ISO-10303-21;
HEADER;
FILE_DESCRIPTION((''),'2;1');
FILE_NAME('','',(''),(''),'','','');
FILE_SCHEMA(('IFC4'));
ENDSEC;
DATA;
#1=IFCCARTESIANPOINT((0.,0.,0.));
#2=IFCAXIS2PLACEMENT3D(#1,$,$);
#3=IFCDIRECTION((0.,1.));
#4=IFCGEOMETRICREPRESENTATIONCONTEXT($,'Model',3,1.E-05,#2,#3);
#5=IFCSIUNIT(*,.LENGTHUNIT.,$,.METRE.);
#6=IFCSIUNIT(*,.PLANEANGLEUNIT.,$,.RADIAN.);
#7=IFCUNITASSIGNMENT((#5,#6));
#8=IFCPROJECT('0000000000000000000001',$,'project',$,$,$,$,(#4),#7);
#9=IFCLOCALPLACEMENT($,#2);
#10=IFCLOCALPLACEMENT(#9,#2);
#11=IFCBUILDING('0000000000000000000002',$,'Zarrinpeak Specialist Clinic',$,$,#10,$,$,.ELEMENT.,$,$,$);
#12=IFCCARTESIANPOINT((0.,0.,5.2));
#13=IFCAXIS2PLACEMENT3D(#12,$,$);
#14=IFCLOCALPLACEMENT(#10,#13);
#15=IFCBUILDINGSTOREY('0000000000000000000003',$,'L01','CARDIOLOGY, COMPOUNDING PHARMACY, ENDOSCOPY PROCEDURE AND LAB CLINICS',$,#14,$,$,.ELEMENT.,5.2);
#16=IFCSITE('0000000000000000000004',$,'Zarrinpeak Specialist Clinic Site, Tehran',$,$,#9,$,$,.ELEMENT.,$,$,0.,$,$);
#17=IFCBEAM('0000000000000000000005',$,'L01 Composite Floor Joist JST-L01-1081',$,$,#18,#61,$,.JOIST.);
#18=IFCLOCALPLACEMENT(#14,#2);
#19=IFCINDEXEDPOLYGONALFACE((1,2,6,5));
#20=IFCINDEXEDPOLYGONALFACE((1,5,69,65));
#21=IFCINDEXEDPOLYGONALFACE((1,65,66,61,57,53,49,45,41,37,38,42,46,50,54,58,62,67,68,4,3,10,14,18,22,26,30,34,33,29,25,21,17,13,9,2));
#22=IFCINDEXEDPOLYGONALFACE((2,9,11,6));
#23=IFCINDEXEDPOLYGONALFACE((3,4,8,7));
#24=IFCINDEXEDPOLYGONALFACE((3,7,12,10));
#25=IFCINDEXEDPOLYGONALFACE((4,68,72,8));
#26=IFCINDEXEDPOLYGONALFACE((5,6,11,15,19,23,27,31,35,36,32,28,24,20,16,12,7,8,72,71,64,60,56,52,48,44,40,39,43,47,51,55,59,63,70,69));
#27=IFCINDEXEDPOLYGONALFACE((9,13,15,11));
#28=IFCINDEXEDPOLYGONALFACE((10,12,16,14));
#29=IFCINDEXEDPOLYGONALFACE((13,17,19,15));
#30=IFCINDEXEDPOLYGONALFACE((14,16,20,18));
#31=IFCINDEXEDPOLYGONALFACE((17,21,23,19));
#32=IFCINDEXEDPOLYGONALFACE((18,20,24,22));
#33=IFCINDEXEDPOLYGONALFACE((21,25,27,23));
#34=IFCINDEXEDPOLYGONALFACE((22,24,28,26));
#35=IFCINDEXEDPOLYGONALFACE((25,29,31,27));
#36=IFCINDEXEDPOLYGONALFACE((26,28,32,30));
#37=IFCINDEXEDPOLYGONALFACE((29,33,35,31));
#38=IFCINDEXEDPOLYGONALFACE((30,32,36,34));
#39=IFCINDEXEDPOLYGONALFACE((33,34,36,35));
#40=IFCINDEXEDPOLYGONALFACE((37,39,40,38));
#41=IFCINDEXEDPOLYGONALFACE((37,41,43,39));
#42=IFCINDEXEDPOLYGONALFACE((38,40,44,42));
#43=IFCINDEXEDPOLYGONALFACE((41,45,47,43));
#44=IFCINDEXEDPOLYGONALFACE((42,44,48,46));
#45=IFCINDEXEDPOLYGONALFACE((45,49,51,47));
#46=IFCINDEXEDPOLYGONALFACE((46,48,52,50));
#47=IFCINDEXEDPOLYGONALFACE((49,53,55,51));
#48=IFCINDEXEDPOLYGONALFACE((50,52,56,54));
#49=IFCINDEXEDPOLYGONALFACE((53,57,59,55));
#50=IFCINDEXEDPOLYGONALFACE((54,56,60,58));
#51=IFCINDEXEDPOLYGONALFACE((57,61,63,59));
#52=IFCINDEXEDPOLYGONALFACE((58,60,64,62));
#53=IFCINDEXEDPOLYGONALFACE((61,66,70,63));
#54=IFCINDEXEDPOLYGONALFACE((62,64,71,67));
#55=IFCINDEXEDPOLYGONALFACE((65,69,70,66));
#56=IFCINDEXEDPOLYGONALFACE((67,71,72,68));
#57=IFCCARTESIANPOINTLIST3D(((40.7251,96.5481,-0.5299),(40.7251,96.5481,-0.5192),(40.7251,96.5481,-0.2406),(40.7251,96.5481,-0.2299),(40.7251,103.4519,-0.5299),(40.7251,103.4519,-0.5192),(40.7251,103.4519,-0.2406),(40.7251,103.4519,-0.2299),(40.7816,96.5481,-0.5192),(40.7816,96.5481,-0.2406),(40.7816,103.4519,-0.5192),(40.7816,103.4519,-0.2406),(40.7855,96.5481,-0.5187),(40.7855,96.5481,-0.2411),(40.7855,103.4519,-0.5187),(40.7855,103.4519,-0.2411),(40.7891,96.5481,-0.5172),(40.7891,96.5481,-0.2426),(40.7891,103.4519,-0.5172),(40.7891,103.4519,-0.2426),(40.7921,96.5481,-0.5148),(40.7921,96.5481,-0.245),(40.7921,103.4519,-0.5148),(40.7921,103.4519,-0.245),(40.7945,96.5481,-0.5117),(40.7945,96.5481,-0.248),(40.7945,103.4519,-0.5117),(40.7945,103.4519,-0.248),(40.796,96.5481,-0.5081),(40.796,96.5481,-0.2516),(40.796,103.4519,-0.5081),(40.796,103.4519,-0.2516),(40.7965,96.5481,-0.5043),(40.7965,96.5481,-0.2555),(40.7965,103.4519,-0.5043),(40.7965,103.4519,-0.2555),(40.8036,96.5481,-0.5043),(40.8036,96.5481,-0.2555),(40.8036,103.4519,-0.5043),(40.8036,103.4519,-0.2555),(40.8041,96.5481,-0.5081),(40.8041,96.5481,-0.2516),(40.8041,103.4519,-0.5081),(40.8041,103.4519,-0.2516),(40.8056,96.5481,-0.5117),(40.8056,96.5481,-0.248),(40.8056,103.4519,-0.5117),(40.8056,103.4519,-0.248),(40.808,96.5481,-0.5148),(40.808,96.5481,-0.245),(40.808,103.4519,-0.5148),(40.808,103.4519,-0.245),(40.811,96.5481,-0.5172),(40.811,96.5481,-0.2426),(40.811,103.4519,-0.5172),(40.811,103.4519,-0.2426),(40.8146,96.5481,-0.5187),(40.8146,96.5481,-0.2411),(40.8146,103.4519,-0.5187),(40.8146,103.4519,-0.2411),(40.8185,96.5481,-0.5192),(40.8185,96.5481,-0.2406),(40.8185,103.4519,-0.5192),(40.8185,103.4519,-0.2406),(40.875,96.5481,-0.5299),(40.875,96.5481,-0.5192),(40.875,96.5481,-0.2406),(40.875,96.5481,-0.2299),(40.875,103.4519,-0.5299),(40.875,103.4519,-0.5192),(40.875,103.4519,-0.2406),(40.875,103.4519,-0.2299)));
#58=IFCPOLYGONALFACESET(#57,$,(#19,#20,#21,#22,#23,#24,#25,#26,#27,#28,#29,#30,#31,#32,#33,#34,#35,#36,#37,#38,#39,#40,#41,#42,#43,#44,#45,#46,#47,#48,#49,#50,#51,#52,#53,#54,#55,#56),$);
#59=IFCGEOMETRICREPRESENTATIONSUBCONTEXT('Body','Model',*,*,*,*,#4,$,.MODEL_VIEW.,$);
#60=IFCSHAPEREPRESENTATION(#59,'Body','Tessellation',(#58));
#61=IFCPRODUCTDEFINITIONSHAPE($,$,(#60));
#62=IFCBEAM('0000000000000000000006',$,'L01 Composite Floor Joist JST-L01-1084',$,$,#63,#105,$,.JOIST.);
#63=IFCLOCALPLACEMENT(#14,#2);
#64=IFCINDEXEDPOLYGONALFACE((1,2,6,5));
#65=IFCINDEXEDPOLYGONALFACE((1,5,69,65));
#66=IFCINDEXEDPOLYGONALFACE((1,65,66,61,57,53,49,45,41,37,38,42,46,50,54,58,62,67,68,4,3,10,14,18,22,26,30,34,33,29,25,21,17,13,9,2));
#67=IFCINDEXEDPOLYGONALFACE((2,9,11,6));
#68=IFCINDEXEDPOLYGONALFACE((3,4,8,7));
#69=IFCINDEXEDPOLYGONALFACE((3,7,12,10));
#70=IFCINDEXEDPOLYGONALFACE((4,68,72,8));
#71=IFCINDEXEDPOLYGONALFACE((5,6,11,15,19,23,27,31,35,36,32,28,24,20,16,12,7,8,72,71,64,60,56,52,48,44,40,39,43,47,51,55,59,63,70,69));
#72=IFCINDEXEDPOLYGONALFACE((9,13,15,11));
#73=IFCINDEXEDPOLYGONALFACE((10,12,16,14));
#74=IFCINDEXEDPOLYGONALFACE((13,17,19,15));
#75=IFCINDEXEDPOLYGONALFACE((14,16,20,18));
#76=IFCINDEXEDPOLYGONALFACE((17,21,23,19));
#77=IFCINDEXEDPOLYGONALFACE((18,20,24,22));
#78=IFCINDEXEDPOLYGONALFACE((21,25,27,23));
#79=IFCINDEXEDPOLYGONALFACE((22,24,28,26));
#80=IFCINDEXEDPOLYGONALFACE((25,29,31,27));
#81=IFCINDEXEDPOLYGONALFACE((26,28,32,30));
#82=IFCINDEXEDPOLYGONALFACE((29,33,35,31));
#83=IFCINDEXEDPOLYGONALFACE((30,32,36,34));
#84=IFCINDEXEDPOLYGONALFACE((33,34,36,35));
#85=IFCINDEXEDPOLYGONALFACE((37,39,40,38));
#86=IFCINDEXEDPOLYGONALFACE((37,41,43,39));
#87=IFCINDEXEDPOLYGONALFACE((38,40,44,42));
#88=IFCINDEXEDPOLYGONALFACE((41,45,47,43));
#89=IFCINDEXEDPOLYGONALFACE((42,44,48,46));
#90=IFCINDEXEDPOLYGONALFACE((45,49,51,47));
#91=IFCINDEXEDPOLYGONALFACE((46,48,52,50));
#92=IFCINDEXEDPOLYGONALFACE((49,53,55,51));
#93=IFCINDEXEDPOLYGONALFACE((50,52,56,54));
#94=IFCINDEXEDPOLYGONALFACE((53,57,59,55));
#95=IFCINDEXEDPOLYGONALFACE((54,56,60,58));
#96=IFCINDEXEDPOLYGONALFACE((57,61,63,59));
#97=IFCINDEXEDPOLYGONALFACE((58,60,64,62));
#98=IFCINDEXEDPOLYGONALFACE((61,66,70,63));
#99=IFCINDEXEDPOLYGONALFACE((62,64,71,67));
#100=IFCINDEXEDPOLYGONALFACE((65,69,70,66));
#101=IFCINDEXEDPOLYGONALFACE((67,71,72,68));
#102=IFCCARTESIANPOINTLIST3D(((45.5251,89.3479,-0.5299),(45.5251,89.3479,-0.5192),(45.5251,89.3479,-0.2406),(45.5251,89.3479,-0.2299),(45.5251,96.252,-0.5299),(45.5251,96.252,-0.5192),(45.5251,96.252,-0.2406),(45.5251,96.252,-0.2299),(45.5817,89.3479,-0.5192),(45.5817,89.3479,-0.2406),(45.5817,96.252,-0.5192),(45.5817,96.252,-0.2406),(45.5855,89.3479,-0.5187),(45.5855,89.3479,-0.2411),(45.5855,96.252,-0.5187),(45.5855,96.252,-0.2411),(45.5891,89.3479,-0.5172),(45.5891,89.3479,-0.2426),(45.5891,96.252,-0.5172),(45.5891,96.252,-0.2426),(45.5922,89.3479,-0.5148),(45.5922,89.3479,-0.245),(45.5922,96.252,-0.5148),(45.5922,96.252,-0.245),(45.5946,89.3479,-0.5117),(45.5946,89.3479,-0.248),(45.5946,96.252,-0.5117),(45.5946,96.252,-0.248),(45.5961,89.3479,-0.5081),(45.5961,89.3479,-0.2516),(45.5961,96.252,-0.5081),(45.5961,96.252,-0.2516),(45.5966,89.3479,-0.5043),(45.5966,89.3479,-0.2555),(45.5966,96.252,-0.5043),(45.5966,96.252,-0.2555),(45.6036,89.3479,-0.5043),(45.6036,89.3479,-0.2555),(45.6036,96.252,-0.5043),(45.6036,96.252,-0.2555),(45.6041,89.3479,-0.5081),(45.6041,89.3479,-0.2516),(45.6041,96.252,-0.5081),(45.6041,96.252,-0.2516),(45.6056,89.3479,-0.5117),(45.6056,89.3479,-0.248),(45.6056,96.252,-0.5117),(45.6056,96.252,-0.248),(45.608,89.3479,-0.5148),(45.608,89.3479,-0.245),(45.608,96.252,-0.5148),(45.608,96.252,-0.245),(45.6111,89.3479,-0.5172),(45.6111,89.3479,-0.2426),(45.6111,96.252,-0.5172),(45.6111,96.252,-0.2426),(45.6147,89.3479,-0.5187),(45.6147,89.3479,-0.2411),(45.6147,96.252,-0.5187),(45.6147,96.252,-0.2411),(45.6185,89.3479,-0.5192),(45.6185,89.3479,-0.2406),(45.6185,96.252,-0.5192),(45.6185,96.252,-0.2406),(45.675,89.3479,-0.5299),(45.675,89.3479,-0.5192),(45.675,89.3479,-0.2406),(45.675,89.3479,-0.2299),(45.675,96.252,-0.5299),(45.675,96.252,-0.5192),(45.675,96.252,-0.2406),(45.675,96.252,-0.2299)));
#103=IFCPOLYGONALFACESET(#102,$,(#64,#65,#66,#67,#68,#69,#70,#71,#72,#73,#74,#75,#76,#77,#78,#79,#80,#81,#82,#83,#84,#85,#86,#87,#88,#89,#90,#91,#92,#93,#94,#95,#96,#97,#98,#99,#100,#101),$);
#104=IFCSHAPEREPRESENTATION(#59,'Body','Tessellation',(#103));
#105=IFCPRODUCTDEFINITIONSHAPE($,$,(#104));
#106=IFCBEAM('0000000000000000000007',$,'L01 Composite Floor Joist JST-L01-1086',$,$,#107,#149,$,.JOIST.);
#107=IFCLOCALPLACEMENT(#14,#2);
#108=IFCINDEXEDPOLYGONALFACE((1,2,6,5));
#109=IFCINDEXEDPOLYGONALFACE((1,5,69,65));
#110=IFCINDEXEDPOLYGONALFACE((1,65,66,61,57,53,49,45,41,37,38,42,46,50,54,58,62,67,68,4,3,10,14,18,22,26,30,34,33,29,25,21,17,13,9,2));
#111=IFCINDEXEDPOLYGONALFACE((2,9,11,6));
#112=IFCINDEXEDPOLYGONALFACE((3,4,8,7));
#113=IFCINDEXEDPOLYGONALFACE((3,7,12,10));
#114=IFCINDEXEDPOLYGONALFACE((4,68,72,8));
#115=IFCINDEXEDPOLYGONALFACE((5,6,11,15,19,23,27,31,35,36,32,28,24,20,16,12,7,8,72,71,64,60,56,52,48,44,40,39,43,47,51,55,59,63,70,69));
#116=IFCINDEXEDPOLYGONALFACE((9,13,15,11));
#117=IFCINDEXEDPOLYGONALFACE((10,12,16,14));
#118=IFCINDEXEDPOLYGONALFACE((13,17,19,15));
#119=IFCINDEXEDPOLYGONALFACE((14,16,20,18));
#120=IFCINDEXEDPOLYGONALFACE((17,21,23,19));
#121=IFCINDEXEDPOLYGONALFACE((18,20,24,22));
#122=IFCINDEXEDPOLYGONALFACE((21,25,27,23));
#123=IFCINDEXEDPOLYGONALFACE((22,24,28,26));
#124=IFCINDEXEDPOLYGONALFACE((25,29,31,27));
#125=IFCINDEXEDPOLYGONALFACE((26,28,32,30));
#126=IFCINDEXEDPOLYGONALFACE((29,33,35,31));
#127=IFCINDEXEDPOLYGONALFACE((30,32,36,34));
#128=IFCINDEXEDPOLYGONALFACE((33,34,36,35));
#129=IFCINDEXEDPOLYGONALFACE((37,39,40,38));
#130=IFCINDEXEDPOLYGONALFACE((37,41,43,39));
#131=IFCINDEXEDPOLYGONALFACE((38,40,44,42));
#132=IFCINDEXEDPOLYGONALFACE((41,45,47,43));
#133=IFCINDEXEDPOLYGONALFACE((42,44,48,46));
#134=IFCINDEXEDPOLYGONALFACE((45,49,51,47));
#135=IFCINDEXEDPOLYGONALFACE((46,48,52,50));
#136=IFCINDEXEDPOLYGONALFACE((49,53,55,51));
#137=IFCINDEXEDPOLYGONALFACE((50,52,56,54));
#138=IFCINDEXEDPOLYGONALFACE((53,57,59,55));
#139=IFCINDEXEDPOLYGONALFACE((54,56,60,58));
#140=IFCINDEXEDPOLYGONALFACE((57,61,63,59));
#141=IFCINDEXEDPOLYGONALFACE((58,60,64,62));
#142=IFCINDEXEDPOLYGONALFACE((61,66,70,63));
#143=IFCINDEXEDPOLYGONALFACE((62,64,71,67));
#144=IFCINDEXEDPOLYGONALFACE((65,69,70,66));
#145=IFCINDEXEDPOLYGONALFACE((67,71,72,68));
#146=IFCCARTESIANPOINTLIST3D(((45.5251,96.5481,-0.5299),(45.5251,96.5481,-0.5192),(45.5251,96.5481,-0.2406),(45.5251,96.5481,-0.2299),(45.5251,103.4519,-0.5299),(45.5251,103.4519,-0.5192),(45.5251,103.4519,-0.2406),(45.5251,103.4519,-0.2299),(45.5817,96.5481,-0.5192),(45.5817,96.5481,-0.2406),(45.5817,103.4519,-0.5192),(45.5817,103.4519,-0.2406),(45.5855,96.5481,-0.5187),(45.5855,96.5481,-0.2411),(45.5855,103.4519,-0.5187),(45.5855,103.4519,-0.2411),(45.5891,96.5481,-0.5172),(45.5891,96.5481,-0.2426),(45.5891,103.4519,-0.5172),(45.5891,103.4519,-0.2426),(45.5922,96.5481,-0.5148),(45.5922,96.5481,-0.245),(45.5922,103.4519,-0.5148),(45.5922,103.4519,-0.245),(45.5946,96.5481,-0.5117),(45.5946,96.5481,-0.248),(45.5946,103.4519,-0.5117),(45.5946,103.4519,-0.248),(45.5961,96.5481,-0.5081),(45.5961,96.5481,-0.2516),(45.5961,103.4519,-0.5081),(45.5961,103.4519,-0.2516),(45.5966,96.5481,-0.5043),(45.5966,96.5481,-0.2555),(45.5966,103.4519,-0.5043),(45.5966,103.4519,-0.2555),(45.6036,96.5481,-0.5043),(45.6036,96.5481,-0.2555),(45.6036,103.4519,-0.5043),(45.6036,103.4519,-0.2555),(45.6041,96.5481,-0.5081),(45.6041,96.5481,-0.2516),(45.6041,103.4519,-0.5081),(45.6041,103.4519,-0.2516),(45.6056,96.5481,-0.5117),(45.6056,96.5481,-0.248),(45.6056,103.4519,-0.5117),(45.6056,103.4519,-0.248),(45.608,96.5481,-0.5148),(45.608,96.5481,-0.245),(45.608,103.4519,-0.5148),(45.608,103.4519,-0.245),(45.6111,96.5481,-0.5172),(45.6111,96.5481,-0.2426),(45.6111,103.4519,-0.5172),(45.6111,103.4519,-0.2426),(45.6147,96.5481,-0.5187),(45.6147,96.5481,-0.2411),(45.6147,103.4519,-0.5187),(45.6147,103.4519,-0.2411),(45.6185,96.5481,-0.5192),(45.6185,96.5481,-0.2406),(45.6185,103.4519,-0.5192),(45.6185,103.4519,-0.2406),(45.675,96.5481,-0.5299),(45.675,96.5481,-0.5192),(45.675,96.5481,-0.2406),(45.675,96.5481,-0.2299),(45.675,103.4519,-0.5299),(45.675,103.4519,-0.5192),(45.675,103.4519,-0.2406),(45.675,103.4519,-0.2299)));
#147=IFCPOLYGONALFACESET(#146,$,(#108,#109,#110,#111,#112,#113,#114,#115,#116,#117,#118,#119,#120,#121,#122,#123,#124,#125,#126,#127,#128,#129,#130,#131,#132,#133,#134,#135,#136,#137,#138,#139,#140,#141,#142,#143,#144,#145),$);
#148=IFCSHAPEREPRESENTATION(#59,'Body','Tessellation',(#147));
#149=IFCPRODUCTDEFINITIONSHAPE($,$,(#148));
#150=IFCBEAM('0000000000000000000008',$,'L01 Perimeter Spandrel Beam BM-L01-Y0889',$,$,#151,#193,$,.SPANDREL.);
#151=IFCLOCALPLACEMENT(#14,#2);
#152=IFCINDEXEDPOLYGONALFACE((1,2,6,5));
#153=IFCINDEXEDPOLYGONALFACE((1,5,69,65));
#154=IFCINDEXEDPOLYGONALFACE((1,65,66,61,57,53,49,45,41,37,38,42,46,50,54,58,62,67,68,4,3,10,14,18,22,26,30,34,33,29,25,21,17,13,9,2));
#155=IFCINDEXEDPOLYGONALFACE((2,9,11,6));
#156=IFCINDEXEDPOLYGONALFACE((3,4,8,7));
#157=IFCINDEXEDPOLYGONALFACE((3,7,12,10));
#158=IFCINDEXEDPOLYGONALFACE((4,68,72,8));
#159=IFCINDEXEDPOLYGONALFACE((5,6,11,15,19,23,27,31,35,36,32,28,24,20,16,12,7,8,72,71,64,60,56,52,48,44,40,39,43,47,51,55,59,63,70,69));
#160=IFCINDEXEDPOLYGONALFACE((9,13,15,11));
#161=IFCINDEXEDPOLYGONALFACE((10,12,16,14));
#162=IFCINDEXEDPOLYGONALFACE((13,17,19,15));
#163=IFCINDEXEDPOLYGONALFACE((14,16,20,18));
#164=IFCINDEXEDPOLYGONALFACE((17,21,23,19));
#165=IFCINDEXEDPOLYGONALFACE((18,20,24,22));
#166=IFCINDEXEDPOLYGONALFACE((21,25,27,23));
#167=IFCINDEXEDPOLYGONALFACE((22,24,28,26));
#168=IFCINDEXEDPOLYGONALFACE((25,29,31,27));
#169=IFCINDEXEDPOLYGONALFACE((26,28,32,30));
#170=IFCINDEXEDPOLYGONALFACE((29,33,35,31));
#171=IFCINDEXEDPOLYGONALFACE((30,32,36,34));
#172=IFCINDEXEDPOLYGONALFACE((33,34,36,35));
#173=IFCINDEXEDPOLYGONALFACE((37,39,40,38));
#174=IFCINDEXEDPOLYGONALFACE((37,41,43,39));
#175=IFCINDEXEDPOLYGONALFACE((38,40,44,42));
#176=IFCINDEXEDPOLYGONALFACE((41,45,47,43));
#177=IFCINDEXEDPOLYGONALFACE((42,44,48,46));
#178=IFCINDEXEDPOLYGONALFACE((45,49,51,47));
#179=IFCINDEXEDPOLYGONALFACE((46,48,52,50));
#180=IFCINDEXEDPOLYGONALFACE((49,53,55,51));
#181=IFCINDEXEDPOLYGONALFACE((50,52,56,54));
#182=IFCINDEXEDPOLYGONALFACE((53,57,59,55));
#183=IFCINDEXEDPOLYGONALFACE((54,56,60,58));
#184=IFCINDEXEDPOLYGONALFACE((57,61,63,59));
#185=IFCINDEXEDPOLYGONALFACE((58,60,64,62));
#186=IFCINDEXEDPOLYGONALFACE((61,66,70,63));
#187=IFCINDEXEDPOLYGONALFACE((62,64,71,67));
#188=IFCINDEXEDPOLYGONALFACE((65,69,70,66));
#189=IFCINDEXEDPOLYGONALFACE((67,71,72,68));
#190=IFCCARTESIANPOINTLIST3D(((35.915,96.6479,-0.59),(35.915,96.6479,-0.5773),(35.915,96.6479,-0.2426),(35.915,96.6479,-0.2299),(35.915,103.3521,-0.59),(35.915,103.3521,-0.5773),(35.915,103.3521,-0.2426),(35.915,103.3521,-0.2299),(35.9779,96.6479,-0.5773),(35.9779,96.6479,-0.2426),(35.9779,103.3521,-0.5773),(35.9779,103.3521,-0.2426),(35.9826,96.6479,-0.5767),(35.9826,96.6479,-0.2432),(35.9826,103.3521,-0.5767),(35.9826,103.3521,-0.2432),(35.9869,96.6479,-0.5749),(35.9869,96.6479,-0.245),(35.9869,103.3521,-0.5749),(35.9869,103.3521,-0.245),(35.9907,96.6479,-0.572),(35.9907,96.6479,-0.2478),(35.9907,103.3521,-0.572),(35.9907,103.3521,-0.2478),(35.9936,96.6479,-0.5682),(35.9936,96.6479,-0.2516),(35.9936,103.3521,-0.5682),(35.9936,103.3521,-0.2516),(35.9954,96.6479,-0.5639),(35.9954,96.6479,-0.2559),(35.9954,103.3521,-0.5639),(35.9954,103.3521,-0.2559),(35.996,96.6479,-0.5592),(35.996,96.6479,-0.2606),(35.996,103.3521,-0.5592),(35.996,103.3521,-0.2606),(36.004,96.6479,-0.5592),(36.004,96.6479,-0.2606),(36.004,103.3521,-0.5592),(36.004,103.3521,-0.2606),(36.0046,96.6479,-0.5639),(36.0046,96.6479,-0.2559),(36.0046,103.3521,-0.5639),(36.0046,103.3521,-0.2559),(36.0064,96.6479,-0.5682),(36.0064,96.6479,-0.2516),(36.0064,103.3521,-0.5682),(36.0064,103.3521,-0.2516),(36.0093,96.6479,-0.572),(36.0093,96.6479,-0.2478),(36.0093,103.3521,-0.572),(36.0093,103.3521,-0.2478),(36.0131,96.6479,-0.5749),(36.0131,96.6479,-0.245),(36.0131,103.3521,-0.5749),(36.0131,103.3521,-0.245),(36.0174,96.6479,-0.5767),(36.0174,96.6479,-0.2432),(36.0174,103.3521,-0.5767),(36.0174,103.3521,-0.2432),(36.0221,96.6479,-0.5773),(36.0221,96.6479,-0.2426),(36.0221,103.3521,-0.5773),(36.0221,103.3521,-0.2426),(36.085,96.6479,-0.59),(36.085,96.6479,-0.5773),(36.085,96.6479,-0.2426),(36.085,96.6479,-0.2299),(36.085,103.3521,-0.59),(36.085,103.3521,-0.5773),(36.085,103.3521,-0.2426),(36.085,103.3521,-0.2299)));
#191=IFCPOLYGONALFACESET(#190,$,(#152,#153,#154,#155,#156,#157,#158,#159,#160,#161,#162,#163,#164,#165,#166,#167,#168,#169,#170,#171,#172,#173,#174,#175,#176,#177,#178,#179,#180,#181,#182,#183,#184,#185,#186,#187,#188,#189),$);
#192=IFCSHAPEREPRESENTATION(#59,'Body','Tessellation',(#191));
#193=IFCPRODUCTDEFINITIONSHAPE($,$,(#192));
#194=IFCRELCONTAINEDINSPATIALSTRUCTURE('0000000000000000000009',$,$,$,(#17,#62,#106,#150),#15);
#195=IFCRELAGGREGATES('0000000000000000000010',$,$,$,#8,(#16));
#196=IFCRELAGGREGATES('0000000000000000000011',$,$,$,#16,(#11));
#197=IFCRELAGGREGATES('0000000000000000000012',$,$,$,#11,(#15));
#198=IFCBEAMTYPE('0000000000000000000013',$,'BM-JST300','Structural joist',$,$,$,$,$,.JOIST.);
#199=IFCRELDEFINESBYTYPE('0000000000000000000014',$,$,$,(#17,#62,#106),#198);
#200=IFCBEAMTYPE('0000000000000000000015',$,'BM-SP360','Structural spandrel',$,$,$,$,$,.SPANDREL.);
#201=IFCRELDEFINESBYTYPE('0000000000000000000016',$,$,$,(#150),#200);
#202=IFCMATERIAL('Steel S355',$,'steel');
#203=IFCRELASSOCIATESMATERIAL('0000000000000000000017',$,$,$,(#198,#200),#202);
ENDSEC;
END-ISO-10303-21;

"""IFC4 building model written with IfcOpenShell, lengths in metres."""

from ifc_helpers import new_model, si_unit, direction, frame, origin, origin_2d, place, context, subcontext, project, spatial, i_section, extrude, material, material_profile, profile_set, type_object, element, save


model = new_model("IFC4")

# Units and contexts
model_context = context("Model", 3, precision=1e-05, world=origin(), true_north=direction((0.0, 1.0)))
body_context = subcontext(model_context, "Body", "Model", "MODEL_VIEW")
ifc_project = project(units=[si_unit("LENGTHUNIT", "METRE"), si_unit("PLANEANGLEUNIT", "RADIAN")], contexts=[model_context])

# Site, building, storey
site_placement = place(None, origin())
site = spatial("IfcSite", under=ifc_project, at=site_placement, Name="Zarrinpeak Specialist Clinic Site, Tehran", CompositionType="ELEMENT", RefElevation=0.0)
building_placement = place(site_placement, origin())
building = spatial("IfcBuilding", under=site, at=building_placement, Name="Zarrinpeak Specialist Clinic", CompositionType="ELEMENT")
storey_placement = place(building_placement, frame((0.0, 0.0, 5.2)))
storey = spatial("IfcBuildingStorey", under=building, at=storey_placement, Name="L01", Description="CARDIOLOGY, COMPOUNDING PHARMACY, ENDOSCOPY PROCEDURE AND LAB CLINICS", CompositionType="ELEMENT", Elevation=5.2)

# Shared definitions
ifc_material_1 = material(Name="Steel S355", Category="steel")

# Beams
ifc_material_profile_1 = material_profile(ifc_material_1, i_section(OverallWidth=0.1499, OverallDepth=0.3, WebThickness=0.0071, FlangeThickness=0.0107, FilletRadius=0.0149, at=origin_2d()), Name="IPE 300")
ifc_profile_set_1 = profile_set([ifc_material_profile_1], Name="Steel S355")
beam_type_1 = type_object("IfcBeamType", Name="BM-JST300", Description="Structural joist", PredefinedType="JOIST", material=ifc_profile_set_1)
for number, where, z_axis, x_axis, name in (
    (1, (40.8, 96.5481, -0.3799), (0.0, 1.0, 0.0), (-1.0, 0.0, 0.0), "L01 Composite Floor Joist JST-L01-1081"),
):
    element("IfcBeam", number, at=place(storey_placement, frame(where, z_axis=z_axis, x_axis=x_axis)), inside=storey, type_object=beam_type_1, Name=name, PredefinedType="JOIST", context=body_context, shape_type="SweptSolid", body=[
        extrude(i_section(OverallWidth=0.1499, OverallDepth=0.3, WebThickness=0.0071, FlangeThickness=0.0107, FilletRadius=0.0149, at=origin_2d()), origin(), (0.0, 0.0, 1.0), 6.9038),
    ])
beam_1_placement = place(storey_placement, frame((45.6001, 89.3479, -0.3799), z_axis=(0.0, 1.0, 0.0), x_axis=(-1.0, 0.0, 0.0)))
element("IfcBeam", 2, at=beam_1_placement, inside=storey, type_object=beam_type_1, Name="L01 Composite Floor Joist JST-L01-1084", PredefinedType="JOIST", context=body_context, shape_type="SweptSolid", body=[
    extrude(i_section(OverallWidth=0.1499, OverallDepth=0.3, WebThickness=0.0071, FlangeThickness=0.0107, FilletRadius=0.0149, at=origin_2d()), origin(), (0.0, 0.0, 1.0), 6.9041),
])
beam_2_placement = place(storey_placement, frame((45.6001, 96.5481, -0.3799), z_axis=(0.0, 1.0, 0.0), x_axis=(-1.0, 0.0, 0.0)))
element("IfcBeam", 3, at=beam_2_placement, inside=storey, type_object=beam_type_1, Name="L01 Composite Floor Joist JST-L01-1086", PredefinedType="JOIST", context=body_context, shape_type="SweptSolid", body=[
    extrude(i_section(OverallWidth=0.1499, OverallDepth=0.3, WebThickness=0.0071, FlangeThickness=0.0107, FilletRadius=0.0149, at=origin_2d()), origin(), (0.0, 0.0, 1.0), 6.9038),
])
ifc_material_profile_2 = material_profile(ifc_material_1, i_section(OverallWidth=0.1699, OverallDepth=0.3601, WebThickness=0.0081, FlangeThickness=0.0127, FilletRadius=0.0181, at=origin_2d()), Name="IPE 360")
ifc_profile_set_2 = profile_set([ifc_material_profile_2], Name="Steel S355")
beam_type_2 = type_object("IfcBeamType", Name="BM-SP360", Description="Structural spandrel", PredefinedType="SPANDREL", material=ifc_profile_set_2)
beam_3_placement = place(storey_placement, frame((36.0, 96.6479, -0.4099), z_axis=(0.0, 1.0, 0.0), x_axis=(-1.0, 0.0, 0.0)))
element("IfcBeam", 4, at=beam_3_placement, inside=storey, type_object=beam_type_2, Name="L01 Perimeter Spandrel Beam BM-L01-Y0889", PredefinedType="SPANDREL", context=body_context, shape_type="SweptSolid", body=[
    extrude(i_section(OverallWidth=0.1699, OverallDepth=0.3601, WebThickness=0.0081, FlangeThickness=0.0127, FilletRadius=0.0181, at=origin_2d()), origin(), (0.0, 0.0, 1.0), 6.7041),
])

save(model, "model.ifc")
